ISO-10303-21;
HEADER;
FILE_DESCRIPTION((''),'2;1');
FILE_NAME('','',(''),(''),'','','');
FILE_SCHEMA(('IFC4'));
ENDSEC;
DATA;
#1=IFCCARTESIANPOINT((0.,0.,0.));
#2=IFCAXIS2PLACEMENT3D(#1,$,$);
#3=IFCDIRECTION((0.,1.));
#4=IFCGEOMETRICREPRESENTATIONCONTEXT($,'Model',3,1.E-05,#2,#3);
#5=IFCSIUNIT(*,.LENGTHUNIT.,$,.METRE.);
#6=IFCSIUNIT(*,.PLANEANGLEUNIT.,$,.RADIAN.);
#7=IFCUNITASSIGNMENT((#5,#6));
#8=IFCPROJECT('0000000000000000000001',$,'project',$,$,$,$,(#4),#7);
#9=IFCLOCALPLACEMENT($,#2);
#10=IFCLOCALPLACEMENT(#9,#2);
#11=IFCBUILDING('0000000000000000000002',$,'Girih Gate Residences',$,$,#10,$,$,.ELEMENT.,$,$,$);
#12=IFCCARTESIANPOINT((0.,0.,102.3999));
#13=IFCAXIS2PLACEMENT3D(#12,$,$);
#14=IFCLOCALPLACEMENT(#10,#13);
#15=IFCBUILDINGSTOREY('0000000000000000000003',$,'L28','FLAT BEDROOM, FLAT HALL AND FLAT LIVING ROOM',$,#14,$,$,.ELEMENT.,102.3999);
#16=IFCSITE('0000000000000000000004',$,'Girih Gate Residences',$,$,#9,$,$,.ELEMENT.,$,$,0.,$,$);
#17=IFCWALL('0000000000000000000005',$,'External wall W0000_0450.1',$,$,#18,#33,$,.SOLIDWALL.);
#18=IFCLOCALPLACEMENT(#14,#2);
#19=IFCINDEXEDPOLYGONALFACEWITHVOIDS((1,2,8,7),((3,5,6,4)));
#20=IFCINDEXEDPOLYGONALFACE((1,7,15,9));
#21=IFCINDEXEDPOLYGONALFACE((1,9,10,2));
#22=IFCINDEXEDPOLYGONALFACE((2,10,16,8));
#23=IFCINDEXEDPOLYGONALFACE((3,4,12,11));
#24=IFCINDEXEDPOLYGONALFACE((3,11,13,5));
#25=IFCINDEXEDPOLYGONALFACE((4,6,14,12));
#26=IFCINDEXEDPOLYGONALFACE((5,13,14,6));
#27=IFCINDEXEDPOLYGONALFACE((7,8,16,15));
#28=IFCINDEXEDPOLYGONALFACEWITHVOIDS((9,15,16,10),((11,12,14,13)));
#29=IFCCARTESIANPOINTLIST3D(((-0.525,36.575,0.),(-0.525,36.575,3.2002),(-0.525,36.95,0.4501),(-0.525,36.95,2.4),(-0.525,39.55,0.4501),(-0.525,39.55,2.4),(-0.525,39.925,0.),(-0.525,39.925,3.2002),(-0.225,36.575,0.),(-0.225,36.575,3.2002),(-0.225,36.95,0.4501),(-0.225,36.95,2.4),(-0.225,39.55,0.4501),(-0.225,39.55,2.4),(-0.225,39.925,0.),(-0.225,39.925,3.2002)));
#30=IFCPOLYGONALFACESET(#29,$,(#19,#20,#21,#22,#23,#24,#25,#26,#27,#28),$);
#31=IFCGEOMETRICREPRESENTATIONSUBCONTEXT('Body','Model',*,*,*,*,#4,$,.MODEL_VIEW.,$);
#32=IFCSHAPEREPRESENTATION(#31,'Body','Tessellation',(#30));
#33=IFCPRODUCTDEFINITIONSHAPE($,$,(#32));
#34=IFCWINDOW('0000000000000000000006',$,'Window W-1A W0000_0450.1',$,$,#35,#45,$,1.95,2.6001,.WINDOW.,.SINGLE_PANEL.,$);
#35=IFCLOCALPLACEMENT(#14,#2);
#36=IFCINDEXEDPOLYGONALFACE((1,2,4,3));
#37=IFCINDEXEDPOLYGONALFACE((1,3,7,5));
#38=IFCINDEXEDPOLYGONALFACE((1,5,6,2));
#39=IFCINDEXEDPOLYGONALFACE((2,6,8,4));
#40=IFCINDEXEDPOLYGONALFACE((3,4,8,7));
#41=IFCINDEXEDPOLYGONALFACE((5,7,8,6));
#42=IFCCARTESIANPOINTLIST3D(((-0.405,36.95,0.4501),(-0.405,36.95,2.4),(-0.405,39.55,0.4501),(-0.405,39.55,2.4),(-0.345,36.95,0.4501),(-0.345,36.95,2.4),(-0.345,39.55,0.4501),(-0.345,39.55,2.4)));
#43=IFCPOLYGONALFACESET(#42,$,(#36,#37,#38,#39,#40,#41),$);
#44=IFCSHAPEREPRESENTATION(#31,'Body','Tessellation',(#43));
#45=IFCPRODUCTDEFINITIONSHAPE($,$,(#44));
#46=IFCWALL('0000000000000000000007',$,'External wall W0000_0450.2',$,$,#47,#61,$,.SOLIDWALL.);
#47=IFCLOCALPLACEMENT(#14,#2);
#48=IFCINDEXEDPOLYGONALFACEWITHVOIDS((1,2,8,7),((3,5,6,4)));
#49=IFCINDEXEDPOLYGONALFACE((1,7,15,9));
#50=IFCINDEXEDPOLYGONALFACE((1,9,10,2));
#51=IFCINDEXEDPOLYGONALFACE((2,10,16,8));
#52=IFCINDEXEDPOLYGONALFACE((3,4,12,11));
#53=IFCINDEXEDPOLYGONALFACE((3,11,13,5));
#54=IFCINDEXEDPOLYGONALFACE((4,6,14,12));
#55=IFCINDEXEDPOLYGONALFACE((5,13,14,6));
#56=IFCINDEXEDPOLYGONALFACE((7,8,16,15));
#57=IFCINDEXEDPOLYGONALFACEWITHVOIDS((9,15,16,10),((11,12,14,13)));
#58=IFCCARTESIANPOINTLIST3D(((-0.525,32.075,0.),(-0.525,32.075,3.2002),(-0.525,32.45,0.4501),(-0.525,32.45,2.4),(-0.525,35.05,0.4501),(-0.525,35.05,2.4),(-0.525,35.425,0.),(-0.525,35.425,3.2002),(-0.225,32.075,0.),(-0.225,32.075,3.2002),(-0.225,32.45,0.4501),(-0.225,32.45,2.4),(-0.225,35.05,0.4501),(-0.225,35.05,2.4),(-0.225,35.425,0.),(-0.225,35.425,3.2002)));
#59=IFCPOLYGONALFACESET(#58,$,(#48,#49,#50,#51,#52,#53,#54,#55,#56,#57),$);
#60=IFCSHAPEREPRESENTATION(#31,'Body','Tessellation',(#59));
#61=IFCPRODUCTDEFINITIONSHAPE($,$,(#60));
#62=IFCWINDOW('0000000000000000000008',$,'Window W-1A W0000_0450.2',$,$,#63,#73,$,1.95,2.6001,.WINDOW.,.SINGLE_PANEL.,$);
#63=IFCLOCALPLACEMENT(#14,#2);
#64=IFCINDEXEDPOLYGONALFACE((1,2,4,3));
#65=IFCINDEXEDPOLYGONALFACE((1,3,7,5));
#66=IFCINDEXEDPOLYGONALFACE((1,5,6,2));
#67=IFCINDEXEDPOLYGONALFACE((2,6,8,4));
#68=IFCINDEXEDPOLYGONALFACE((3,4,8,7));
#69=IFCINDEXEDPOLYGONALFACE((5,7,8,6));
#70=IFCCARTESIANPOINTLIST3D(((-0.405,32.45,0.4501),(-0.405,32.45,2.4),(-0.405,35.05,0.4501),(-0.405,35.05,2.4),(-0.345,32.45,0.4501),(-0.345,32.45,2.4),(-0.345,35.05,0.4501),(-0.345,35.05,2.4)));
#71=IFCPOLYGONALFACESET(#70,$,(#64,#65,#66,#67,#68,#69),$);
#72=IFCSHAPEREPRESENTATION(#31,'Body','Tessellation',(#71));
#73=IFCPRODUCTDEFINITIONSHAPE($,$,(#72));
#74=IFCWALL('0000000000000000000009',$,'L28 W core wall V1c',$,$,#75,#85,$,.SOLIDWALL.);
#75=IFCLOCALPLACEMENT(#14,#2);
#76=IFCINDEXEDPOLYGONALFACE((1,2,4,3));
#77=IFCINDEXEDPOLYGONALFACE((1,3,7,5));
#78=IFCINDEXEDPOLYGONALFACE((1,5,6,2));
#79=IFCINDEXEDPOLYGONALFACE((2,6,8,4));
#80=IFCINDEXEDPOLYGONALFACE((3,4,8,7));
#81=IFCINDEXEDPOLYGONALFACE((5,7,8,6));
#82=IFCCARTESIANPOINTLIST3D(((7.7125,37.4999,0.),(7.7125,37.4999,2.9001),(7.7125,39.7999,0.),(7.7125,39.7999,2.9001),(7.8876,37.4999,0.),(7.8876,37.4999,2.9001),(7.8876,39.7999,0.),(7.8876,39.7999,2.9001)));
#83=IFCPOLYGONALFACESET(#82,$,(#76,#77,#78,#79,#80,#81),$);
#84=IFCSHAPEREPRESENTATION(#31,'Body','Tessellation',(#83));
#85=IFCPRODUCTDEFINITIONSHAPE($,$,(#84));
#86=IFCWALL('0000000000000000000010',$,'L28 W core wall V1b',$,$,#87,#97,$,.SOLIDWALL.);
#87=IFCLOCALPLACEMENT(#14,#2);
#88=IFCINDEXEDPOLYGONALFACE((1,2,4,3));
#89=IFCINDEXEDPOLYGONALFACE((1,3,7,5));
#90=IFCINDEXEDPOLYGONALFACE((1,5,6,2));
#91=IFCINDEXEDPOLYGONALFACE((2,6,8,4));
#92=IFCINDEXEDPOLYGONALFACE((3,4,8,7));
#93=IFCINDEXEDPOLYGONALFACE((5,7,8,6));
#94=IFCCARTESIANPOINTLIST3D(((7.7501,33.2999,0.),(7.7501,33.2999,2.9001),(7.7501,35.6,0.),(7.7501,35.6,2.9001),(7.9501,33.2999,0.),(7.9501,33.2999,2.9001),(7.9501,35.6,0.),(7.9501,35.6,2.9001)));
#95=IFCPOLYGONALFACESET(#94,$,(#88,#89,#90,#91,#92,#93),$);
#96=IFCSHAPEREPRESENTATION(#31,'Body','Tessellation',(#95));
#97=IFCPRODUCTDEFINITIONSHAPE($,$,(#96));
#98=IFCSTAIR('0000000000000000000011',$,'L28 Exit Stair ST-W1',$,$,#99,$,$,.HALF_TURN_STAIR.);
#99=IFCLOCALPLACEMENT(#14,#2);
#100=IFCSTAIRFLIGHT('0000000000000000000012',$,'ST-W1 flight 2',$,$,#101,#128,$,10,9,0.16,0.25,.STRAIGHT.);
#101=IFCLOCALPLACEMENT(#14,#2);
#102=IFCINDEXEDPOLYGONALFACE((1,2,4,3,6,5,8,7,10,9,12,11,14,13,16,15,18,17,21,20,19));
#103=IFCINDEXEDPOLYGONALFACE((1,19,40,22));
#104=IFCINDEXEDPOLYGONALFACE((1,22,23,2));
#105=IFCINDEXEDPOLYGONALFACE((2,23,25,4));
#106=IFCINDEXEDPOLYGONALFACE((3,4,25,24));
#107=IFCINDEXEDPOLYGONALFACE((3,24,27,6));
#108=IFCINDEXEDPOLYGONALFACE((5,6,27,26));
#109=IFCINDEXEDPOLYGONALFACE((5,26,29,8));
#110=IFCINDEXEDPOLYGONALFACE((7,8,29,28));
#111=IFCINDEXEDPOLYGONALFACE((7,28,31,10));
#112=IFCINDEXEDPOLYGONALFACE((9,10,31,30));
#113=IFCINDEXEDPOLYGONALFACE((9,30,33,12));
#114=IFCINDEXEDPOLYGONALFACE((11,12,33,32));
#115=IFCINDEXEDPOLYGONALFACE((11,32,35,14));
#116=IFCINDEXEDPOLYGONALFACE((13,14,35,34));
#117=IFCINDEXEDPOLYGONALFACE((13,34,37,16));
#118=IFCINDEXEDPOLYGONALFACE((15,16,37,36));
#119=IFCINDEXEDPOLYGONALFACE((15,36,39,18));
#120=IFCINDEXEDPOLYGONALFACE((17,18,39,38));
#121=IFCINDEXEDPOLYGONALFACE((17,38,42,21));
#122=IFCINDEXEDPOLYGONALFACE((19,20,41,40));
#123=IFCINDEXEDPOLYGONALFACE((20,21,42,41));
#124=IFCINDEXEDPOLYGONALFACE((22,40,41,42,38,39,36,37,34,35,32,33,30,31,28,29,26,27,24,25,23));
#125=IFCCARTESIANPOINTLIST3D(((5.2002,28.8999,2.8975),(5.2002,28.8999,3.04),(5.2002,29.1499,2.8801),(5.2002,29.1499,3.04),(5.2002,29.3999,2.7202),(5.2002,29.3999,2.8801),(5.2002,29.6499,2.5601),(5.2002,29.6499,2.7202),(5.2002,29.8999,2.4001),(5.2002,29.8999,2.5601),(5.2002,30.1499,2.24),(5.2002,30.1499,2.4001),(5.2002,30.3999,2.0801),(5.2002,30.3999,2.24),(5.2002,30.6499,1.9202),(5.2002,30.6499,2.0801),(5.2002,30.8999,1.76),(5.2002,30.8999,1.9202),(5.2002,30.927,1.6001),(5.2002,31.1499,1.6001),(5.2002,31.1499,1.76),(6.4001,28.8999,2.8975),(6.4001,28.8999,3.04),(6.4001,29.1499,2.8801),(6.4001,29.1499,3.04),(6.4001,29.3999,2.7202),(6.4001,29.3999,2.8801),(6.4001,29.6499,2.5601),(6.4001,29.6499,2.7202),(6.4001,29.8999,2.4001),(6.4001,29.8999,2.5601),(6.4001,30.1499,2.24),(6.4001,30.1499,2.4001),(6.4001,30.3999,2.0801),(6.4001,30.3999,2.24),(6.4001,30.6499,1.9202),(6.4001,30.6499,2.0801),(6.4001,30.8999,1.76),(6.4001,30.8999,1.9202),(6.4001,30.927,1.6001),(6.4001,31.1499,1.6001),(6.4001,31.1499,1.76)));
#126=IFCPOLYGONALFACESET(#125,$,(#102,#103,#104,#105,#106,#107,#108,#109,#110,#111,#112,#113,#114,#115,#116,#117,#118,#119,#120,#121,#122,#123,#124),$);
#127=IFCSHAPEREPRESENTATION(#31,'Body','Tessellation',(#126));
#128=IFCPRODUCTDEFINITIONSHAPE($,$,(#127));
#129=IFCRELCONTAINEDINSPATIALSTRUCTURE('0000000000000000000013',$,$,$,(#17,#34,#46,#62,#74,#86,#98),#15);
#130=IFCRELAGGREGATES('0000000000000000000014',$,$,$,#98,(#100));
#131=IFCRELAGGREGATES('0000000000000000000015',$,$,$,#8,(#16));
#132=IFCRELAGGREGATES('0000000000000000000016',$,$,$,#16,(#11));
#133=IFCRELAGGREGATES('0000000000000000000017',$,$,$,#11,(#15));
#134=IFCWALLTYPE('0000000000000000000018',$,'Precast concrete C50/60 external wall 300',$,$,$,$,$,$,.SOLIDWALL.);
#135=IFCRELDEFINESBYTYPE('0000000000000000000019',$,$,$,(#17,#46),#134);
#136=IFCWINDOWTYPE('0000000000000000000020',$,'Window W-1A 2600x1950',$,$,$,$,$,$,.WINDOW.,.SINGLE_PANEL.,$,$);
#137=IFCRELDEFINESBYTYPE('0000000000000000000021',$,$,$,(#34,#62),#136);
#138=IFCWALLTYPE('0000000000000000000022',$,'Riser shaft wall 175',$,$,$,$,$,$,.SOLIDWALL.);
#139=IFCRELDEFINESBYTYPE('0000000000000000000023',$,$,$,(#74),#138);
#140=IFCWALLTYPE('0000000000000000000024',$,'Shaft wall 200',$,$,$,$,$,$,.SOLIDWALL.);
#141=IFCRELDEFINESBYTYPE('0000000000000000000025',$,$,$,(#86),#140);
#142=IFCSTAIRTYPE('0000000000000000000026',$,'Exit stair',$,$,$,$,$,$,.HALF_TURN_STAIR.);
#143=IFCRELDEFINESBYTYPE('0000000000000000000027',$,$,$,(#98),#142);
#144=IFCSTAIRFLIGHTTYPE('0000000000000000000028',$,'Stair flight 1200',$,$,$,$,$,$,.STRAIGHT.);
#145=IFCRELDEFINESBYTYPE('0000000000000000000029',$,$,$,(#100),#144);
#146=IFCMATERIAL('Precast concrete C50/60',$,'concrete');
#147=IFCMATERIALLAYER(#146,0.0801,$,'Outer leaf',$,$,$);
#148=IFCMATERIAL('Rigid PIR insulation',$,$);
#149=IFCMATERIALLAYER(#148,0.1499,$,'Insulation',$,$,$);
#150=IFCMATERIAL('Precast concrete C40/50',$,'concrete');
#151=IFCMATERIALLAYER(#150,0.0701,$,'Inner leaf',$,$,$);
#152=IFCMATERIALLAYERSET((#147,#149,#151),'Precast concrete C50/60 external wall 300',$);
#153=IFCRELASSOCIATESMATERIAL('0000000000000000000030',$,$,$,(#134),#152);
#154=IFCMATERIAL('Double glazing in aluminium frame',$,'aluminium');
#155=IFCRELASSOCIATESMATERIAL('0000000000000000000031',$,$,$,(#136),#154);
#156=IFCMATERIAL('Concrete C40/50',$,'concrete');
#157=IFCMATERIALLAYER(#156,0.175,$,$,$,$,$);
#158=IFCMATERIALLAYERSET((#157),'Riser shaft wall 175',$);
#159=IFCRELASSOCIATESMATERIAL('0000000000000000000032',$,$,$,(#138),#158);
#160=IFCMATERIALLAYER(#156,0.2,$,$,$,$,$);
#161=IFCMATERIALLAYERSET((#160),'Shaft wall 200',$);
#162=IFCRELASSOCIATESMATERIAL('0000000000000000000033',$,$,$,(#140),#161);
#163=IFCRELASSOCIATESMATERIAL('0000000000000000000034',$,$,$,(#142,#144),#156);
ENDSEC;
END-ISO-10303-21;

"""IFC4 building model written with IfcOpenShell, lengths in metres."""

from ifc_helpers import new_model, si_unit, direction, frame, frame_2d, origin, place, context, subcontext, project, spatial, polyline, rectangle, outline, extrude, material, layer, layer_set, type_object, element, fill, aggregate, save


model = new_model("IFC4")

# Units and contexts
model_context = context("Model", 3, precision=1e-05, world=origin(), true_north=direction((0.0, 1.0)))
body_context = subcontext(model_context, "Body", "Model", "MODEL_VIEW")
ifc_project = project(units=[si_unit("LENGTHUNIT", "METRE"), si_unit("PLANEANGLEUNIT", "RADIAN")], contexts=[model_context])

# Site, building, storey
site_placement = place(None, origin())
site = spatial("IfcSite", under=ifc_project, at=site_placement, Name="Girih Gate Residences", CompositionType="ELEMENT", RefElevation=0.0)
building_placement = place(site_placement, origin())
building = spatial("IfcBuilding", under=site, at=building_placement, Name="Girih Gate Residences", CompositionType="ELEMENT")
storey_placement = place(building_placement, frame((0.0, 0.0, 102.3999)))
storey = spatial("IfcBuildingStorey", under=building, at=storey_placement, Name="L28", Description="FLAT BEDROOM, FLAT HALL AND FLAT LIVING ROOM", CompositionType="ELEMENT", Elevation=102.3999)

# Shared definitions
ifc_material_1 = material(Name="Concrete C40/50", Category="concrete")

# Walls, openings, windows
ifc_material_2 = material(Name="Precast concrete C50/60", Category="concrete")
ifc_layer_1 = layer(ifc_material_2, 0.0801, Name="Outer leaf")
ifc_material_3 = material(Name="Rigid PIR insulation")
ifc_layer_2 = layer(ifc_material_3, 0.1499, Name="Insulation")
ifc_material_4 = material(Name="Precast concrete C40/50", Category="concrete")
ifc_layer_3 = layer(ifc_material_4, 0.0701, Name="Inner leaf")
ifc_layer_set_1 = layer_set([ifc_layer_1, ifc_layer_2, ifc_layer_3], Name="Precast concrete C50/60 external wall 300")
wall_type_1 = type_object("IfcWallType", Name="Precast concrete C50/60 external wall 300", PredefinedType="SOLIDWALL", material=ifc_layer_set_1)
wall_1_placement = place(storey_placement, frame((-0.375, 36.575, 0.0), z_axis=(0.0, 0.0, 1.0), x_axis=(0.0, 1.0, 0.0)))
wall_1 = element("IfcWall", 1, at=wall_1_placement, inside=storey, type_object=wall_type_1, Name="External wall W0000_0450.1", PredefinedType="SOLIDWALL", context=body_context, shape_type="SweptSolid", body=[
    extrude(rectangle(XDim=3.3501, YDim=0.3, at=frame_2d((1.675, 0.0))), origin(), (0.0, 0.0, 1.0), 3.2002),
])
opening_1_placement = place(wall_1_placement, frame((0.375, 0.0, 0.45)))
opening_1 = element("IfcOpeningElement", 2, at=opening_1_placement, cuts=wall_1, PredefinedType="OPENING", context=body_context, shape_type="SweptSolid", body=[
    extrude(rectangle(XDim=2.6001, YDim=1.95, at=frame_2d((1.3, 0.9751))), frame((0.0, 0.1599, 0.0), z_axis=(0.0, -1.0, 0.0), x_axis=(1.0, 0.0, 0.0)), (0.0, 0.0, 1.0), 0.3201),
])
ifc_material_5 = material(Name="Double glazing in aluminium frame", Category="aluminium")
window_type = type_object("IfcWindowType", Name="Window W-1A 2600x1950", PartitioningType="SINGLE_PANEL", PredefinedType="WINDOW", material=ifc_material_5)
window_1_placement = place(opening_1_placement, origin())
window_1 = element("IfcWindow", 3, at=window_1_placement, inside=storey, type_object=window_type, Name="Window W-1A W0000_0450.1", OverallHeight=1.95, OverallWidth=2.6001, PartitioningType="SINGLE_PANEL", PredefinedType="WINDOW", context=body_context, shape_type="SweptSolid", body=[
    extrude(rectangle(XDim=2.6001, YDim=1.95, at=frame_2d((1.3, 0.9751))), frame((0.0, 0.03, 0.0), z_axis=(0.0, -1.0, 0.0), x_axis=(1.0, 0.0, 0.0)), (0.0, 0.0, 1.0), 0.0601),
])
fill(opening_1, window_1)
wall_2_placement = place(storey_placement, frame((-0.375, 32.075, 0.0), z_axis=(0.0, 0.0, 1.0), x_axis=(0.0, 1.0, 0.0)))
wall_2 = element("IfcWall", 4, at=wall_2_placement, inside=storey, type_object=wall_type_1, Name="External wall W0000_0450.2", PredefinedType="SOLIDWALL", context=body_context, shape_type="SweptSolid", body=[
    extrude(rectangle(XDim=3.3501, YDim=0.3, at=frame_2d((1.675, 0.0))), origin(), (0.0, 0.0, 1.0), 3.2002),
])
opening_2_placement = place(wall_2_placement, frame((0.375, 0.0, 0.45)))
opening_2 = element("IfcOpeningElement", 5, at=opening_2_placement, cuts=wall_2, PredefinedType="OPENING", context=body_context, shape_type="SweptSolid", body=[
    extrude(rectangle(XDim=2.6001, YDim=1.95, at=frame_2d((1.3, 0.9751))), frame((0.0, 0.1599, 0.0), z_axis=(0.0, -1.0, 0.0), x_axis=(1.0, 0.0, 0.0)), (0.0, 0.0, 1.0), 0.3201),
])
window_2_placement = place(opening_2_placement, origin())
window_2 = element("IfcWindow", 6, at=window_2_placement, inside=storey, type_object=window_type, Name="Window W-1A W0000_0450.2", OverallHeight=1.95, OverallWidth=2.6001, PartitioningType="SINGLE_PANEL", PredefinedType="WINDOW", context=body_context, shape_type="SweptSolid", body=[
    extrude(rectangle(XDim=2.6001, YDim=1.95, at=frame_2d((1.3, 0.9751))), frame((0.0, 0.03, 0.0), z_axis=(0.0, -1.0, 0.0), x_axis=(1.0, 0.0, 0.0)), (0.0, 0.0, 1.0), 0.0601),
])
fill(opening_2, window_2)

# Walls
ifc_layer_4 = layer(ifc_material_1, 0.175)
ifc_layer_set_2 = layer_set([ifc_layer_4], Name="Riser shaft wall 175")
wall_type_2 = type_object("IfcWallType", Name="Riser shaft wall 175", PredefinedType="SOLIDWALL", material=ifc_layer_set_2)
wall_3_placement = place(storey_placement, frame((7.8, 37.5, 0.0), z_axis=(0.0, 0.0, 1.0), x_axis=(0.0, 1.0, 0.0)))
element("IfcWall", 7, at=wall_3_placement, inside=storey, type_object=wall_type_2, Name="L28 W core wall V1c", PredefinedType="SOLIDWALL", context=body_context, shape_type="SweptSolid", body=[
    extrude(rectangle(XDim=2.3, YDim=0.175, at=frame_2d((1.1499, 0.0))), origin(), (0.0, 0.0, 1.0), 2.9001),
])
ifc_layer_5 = layer(ifc_material_1, 0.2)
ifc_layer_set_3 = layer_set([ifc_layer_5], Name="Shaft wall 200")
wall_type_3 = type_object("IfcWallType", Name="Shaft wall 200", PredefinedType="SOLIDWALL", material=ifc_layer_set_3)
wall_4_placement = place(storey_placement, frame((7.8501, 33.3, 0.0), z_axis=(0.0, 0.0, 1.0), x_axis=(0.0, 1.0, 0.0)))
element("IfcWall", 8, at=wall_4_placement, inside=storey, type_object=wall_type_3, Name="L28 W core wall V1b", PredefinedType="SOLIDWALL", context=body_context, shape_type="SweptSolid", body=[
    extrude(rectangle(XDim=2.3, YDim=0.2, at=frame_2d((1.1499, 0.0))), origin(), (0.0, 0.0, 1.0), 2.9001),
])

# Stair, stair flight
stair_type = type_object("IfcStairType", Name="Exit stair", PredefinedType="HALF_TURN_STAIR", material=ifc_material_1)
stair_placement = place(storey_placement, origin())
stair = element("IfcStair", 9, at=stair_placement, inside=storey, type_object=stair_type, Name="L28 Exit Stair ST-W1", PredefinedType="HALF_TURN_STAIR")
stair_flight_type = type_object("IfcStairFlightType", Name="Stair flight 1200", PredefinedType="STRAIGHT", material=ifc_material_1)
stair_flight_placement = place(storey_placement, frame((5.8, 31.1499, 1.6001), z_axis=(0.0, 0.0, 1.0), x_axis=(0.0, -1.0, 0.0)))
stair_flight = element("IfcStairFlight", 10, at=stair_flight_placement, type_object=stair_flight_type, Name="ST-W1 flight 2", NumberOfRisers=10, NumberOfTreads=9, PredefinedType="STRAIGHT", RiserHeight=0.16, TreadLength=0.25, context=body_context, shape_type="SweptSolid", body=[
    extrude(outline(polyline([(0.0, 0.0), (0.0, 0.1599), (0.25, 0.1599), (0.25, 0.3201), (0.5, 0.3201), (0.5, 0.48), (0.75, 0.48), (0.75, 0.6399), (1.0, 0.6399), (1.0, 0.8), (1.25, 0.8), (1.25, 0.96), (1.5, 0.96), (1.5, 1.1201), (1.75, 1.1201), (1.75, 1.28), (2.0, 1.28), (2.0, 1.4399), (2.25, 1.4399), (2.25, 1.6001), (2.25, 1.2974), (0.2229, 0.0), (0.0, 0.0)])), frame((0.0, 0.6001, 0.0), z_axis=(0.0, -1.0, 0.0), x_axis=(1.0, 0.0, 0.0)), (0.0, 0.0, 1.0), 1.2),
])
aggregate(stair, [stair_flight])

save(model, "model.ifc")
